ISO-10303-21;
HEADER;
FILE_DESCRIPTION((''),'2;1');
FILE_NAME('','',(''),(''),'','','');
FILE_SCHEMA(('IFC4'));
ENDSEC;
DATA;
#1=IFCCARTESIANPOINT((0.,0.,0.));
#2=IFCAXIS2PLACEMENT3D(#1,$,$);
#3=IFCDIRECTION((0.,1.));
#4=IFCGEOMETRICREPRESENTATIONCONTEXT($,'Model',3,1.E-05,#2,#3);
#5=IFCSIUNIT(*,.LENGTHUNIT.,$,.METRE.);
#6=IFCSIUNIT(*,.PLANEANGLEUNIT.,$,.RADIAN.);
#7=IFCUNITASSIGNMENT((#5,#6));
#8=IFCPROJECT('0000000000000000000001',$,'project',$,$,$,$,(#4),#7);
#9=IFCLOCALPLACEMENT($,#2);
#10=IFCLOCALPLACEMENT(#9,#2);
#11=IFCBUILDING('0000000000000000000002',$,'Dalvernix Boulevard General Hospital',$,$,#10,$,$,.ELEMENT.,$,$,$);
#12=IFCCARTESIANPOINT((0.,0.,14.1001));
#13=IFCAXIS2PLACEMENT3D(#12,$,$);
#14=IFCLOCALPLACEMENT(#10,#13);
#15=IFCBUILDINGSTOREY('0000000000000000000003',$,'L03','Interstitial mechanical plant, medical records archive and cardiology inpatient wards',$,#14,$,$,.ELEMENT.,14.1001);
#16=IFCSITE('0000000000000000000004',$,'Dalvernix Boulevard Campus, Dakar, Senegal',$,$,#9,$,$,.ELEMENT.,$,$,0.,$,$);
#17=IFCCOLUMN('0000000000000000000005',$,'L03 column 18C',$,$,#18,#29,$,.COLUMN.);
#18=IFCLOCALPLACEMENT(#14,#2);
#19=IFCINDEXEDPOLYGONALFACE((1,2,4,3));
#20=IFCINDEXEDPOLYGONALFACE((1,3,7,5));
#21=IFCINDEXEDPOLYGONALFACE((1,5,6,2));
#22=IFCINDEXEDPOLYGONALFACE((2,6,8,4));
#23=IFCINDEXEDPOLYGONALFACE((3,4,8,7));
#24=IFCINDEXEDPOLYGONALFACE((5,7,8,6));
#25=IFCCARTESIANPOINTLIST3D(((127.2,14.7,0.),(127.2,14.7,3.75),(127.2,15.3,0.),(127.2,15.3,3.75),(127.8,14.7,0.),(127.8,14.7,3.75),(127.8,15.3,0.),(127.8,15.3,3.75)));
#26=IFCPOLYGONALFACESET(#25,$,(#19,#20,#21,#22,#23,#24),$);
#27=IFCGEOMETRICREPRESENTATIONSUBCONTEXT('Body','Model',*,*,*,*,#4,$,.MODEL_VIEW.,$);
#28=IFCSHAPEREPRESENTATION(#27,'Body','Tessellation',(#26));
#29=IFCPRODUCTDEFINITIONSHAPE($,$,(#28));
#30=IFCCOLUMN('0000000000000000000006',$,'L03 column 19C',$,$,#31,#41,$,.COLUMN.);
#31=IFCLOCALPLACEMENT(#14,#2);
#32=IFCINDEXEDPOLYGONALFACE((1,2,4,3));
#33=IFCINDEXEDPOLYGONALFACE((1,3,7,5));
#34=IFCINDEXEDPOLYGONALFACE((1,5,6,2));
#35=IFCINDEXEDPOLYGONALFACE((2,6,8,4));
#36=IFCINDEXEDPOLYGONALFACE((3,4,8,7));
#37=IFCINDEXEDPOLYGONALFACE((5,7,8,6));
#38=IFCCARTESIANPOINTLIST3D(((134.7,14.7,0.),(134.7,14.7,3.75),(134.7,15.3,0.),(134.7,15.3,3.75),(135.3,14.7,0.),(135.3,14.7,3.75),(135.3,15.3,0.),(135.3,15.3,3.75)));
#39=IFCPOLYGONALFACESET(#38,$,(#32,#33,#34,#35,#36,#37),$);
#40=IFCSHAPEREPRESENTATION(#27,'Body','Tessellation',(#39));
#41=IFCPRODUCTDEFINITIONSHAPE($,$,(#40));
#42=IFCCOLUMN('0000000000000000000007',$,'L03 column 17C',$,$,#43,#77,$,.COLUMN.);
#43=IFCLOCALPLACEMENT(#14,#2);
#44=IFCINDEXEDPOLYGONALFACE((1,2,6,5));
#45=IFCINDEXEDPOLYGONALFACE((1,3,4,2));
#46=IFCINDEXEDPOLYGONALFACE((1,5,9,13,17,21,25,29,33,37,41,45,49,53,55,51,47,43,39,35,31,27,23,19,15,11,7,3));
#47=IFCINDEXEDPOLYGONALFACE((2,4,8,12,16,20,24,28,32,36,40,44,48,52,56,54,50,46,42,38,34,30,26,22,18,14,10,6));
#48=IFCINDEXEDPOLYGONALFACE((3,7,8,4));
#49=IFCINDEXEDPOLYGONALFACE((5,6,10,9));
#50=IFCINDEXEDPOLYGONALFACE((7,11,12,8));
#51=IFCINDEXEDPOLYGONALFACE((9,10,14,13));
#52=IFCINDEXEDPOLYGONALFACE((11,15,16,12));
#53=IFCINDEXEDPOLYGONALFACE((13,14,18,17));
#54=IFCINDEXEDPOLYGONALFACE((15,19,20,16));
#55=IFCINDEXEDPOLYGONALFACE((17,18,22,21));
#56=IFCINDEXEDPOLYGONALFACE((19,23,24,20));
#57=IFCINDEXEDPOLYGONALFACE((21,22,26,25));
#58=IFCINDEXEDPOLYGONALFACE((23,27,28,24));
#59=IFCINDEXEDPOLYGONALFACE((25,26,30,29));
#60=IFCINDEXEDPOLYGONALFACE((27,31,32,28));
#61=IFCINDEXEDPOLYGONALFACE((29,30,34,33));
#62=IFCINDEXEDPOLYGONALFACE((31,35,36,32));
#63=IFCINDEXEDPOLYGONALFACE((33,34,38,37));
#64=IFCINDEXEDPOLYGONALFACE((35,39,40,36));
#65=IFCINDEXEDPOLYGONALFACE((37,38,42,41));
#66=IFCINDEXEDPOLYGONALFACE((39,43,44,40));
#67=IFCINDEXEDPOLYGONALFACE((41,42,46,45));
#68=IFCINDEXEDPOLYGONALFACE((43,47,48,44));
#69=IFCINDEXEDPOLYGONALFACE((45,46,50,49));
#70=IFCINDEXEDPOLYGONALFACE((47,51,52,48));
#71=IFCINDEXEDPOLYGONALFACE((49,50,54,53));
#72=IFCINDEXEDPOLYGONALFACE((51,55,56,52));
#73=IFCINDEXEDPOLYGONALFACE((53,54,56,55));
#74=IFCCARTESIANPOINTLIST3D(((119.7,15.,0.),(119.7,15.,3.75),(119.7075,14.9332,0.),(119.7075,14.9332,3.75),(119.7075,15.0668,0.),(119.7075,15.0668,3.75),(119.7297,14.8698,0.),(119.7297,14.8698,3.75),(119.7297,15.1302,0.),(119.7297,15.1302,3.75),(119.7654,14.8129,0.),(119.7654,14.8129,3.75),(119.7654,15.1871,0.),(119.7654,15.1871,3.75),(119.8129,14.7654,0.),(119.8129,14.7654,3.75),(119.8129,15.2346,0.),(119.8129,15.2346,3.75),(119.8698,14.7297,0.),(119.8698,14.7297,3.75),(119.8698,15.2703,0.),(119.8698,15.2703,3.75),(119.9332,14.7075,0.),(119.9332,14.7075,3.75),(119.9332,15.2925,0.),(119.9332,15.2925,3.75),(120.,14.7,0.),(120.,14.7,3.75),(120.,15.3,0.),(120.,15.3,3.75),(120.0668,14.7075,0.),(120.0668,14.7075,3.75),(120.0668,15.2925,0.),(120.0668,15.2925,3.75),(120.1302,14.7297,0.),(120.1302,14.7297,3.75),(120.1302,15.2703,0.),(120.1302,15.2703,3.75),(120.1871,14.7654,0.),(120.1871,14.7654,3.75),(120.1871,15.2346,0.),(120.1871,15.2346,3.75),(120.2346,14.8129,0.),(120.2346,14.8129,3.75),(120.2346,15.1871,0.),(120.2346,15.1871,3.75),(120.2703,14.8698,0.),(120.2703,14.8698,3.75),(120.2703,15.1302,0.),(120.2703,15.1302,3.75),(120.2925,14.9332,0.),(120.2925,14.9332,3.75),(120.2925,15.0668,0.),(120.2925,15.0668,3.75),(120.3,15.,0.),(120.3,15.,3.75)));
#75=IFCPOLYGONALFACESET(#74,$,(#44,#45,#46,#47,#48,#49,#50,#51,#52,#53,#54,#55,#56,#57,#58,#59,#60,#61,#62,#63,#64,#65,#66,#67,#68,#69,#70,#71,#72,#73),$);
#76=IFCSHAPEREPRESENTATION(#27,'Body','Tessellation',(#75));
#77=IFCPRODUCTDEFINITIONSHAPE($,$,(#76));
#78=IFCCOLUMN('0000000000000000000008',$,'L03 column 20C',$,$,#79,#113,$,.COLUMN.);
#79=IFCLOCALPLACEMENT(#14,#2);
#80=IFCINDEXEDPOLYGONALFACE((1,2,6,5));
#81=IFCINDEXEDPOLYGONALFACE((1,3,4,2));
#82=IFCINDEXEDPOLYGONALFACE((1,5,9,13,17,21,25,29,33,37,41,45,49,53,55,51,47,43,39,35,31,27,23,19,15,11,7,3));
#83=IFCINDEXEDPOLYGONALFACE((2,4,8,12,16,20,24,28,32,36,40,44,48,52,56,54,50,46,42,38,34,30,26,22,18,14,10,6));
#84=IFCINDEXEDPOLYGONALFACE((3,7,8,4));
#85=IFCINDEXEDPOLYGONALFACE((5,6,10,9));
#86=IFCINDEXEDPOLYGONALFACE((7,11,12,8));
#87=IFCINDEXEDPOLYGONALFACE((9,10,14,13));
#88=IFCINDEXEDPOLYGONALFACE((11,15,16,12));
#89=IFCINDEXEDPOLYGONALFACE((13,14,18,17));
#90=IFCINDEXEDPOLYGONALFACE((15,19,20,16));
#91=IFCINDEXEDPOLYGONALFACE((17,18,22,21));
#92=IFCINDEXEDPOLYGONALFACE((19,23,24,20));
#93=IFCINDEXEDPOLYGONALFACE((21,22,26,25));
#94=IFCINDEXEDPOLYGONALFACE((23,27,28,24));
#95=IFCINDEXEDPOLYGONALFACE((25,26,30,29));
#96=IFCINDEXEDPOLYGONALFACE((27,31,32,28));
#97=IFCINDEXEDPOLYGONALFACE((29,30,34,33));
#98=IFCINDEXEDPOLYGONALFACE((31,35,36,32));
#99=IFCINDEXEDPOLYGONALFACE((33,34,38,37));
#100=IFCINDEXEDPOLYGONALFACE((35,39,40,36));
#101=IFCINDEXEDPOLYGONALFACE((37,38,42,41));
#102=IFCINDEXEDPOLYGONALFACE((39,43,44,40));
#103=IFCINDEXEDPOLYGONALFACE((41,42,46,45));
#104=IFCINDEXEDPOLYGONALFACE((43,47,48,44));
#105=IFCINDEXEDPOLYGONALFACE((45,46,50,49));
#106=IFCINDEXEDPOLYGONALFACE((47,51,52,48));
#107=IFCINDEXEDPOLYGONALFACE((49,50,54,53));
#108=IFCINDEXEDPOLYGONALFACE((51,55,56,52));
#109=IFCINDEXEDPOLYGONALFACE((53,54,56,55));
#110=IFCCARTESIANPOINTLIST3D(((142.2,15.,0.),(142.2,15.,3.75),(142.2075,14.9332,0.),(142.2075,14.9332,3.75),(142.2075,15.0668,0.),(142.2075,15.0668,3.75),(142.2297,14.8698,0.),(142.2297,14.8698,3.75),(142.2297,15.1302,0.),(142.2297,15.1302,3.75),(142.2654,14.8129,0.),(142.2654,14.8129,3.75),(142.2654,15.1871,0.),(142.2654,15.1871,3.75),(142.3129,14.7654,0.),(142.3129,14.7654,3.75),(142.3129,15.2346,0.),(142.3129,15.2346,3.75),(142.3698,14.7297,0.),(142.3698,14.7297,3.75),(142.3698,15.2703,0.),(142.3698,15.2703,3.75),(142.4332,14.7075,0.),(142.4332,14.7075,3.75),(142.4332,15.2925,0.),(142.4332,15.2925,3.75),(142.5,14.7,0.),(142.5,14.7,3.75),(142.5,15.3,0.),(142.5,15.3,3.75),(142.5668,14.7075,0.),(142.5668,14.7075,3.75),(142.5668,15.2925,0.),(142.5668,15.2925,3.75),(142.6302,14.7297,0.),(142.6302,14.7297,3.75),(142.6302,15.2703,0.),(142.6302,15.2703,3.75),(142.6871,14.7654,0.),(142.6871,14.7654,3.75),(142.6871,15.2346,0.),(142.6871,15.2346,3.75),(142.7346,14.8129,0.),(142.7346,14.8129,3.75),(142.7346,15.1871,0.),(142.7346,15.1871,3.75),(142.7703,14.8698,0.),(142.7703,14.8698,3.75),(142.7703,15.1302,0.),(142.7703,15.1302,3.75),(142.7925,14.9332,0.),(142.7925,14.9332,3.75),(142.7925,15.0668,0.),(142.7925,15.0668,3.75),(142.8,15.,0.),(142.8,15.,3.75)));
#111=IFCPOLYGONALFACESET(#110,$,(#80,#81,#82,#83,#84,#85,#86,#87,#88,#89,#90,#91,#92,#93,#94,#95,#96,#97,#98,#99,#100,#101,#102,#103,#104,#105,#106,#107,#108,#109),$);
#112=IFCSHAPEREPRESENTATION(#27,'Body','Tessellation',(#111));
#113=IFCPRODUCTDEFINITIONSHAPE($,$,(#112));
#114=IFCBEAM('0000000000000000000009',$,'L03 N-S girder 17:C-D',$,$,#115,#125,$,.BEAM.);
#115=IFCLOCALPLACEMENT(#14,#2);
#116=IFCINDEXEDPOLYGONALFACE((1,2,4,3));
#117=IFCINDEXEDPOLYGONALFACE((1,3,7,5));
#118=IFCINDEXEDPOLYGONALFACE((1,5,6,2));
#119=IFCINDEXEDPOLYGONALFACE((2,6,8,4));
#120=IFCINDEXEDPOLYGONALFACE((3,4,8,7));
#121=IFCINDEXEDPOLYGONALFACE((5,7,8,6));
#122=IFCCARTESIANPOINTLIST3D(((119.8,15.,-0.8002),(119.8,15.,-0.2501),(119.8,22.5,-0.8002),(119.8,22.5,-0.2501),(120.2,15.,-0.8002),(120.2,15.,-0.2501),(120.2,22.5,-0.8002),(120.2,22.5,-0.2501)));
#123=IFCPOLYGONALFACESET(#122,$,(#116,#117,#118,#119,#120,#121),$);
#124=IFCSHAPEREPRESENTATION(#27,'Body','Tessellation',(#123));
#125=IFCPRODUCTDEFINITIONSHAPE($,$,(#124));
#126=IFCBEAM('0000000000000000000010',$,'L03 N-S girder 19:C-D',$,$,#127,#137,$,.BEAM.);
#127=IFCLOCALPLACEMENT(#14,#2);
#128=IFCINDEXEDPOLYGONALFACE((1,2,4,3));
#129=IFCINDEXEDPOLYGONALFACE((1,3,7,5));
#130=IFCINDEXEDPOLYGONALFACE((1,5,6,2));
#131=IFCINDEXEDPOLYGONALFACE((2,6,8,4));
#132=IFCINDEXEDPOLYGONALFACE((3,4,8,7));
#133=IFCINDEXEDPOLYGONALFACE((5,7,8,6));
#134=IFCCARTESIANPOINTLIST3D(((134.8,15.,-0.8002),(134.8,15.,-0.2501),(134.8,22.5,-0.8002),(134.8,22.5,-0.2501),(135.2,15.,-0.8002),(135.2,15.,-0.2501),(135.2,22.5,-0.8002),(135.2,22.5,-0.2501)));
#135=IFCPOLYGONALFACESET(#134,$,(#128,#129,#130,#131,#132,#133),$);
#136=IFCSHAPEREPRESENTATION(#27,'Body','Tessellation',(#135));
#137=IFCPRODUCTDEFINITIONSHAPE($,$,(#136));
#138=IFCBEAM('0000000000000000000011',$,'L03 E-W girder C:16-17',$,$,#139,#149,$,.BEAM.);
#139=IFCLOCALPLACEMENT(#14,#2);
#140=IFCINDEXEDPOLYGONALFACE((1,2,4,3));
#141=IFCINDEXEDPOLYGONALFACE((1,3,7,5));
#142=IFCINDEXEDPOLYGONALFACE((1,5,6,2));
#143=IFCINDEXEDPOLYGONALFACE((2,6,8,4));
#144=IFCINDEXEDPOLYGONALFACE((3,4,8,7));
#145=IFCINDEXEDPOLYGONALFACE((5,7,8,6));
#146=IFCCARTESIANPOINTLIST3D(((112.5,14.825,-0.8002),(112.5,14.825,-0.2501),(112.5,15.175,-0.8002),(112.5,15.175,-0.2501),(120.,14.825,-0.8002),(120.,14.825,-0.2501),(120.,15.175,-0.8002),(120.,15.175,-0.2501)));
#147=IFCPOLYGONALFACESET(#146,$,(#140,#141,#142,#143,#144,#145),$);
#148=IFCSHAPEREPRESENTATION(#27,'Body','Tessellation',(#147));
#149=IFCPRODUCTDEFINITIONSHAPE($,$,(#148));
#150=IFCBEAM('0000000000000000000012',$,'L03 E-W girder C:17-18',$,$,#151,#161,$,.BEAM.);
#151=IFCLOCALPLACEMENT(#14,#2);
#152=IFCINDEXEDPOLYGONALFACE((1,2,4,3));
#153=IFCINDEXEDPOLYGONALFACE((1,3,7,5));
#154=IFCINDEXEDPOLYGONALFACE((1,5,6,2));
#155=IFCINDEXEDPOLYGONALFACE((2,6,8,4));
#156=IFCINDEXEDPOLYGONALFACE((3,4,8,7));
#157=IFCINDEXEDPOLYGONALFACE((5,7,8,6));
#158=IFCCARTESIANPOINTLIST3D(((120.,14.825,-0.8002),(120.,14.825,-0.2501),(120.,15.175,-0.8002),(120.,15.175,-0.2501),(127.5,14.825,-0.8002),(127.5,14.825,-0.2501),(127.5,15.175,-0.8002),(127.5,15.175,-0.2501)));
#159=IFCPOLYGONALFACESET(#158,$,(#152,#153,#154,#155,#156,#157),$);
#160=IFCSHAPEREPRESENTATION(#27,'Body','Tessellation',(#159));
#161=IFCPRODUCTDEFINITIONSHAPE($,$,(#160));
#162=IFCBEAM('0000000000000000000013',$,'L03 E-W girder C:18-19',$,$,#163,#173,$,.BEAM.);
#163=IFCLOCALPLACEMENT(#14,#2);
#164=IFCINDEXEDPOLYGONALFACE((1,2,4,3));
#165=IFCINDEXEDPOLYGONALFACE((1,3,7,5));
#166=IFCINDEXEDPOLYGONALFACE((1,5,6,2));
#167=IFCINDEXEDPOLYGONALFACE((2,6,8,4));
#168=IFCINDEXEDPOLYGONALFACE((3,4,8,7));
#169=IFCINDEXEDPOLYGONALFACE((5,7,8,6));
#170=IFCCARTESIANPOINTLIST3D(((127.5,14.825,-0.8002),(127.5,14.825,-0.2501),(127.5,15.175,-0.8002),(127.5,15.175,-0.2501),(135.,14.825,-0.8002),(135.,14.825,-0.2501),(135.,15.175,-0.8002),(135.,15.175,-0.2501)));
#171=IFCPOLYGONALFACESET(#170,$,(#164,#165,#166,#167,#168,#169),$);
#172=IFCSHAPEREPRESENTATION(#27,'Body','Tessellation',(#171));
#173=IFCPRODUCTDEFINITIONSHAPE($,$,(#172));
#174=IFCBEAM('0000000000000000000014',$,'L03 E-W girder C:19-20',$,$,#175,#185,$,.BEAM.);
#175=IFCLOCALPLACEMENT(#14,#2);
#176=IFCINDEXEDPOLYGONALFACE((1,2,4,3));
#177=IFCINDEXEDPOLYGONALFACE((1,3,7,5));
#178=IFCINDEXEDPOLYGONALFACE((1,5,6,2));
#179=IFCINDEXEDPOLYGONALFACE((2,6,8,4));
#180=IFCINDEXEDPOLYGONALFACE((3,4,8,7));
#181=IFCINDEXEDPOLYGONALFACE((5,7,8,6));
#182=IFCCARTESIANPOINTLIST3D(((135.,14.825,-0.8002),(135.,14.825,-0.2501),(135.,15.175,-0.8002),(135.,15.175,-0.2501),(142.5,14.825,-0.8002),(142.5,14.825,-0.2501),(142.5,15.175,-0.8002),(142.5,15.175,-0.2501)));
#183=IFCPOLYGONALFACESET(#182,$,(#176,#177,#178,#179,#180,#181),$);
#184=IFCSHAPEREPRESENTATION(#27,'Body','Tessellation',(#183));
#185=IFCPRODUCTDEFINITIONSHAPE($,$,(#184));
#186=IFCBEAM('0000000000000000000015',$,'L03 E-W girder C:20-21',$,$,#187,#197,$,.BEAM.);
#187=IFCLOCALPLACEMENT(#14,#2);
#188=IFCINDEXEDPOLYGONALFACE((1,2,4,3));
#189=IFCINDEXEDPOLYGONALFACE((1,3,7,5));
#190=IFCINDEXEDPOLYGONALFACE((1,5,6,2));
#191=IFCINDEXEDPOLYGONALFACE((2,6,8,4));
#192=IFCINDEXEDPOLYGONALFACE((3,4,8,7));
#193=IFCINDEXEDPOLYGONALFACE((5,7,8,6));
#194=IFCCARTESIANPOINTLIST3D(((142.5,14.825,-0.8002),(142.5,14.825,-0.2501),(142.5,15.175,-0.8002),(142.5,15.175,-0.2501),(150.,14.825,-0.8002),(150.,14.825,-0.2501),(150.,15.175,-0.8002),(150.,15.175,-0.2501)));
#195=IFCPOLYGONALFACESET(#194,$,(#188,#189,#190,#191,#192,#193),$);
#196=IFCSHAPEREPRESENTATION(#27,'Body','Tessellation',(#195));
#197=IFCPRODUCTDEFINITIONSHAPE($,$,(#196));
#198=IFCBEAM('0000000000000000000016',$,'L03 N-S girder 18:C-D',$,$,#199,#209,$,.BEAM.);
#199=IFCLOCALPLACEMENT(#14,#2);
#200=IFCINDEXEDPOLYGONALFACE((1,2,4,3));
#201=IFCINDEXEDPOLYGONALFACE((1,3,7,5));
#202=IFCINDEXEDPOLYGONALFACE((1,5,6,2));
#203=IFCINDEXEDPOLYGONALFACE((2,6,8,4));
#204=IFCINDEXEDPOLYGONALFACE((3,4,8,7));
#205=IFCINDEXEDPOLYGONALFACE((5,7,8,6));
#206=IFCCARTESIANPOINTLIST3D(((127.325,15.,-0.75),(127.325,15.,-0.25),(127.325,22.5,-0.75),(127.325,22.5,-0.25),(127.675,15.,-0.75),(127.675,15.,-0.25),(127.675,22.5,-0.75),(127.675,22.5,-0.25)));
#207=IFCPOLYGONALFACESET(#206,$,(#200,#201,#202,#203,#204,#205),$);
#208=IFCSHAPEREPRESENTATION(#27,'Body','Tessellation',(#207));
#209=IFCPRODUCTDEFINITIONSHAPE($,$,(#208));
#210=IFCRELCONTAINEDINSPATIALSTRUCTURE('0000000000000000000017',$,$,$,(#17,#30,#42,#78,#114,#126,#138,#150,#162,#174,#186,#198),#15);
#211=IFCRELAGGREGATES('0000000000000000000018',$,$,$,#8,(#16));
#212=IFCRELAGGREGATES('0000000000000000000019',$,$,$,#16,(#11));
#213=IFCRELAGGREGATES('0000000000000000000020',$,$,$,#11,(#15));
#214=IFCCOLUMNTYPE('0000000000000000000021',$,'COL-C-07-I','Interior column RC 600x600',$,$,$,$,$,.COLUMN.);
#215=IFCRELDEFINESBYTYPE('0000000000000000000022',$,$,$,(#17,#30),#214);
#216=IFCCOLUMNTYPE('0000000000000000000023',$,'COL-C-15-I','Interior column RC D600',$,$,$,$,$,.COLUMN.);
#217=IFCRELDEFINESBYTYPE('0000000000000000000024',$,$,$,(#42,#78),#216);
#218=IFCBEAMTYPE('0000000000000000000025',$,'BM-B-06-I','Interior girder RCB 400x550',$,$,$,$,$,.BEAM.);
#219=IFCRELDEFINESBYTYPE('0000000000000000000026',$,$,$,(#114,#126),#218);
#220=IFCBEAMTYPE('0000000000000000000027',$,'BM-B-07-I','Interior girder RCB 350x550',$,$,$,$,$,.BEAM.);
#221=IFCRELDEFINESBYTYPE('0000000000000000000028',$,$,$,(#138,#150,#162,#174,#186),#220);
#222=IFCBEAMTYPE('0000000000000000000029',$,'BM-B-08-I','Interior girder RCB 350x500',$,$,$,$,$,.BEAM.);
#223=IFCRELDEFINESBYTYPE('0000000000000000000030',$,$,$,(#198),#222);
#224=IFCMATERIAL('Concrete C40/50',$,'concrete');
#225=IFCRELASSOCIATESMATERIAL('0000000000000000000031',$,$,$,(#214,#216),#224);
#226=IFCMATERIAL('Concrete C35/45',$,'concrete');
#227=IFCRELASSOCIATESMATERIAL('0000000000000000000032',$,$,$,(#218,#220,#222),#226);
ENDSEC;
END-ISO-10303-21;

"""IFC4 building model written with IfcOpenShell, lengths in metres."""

from ifc_helpers import new_model, si_unit, direction, frame, origin, origin_2d, place, context, subcontext, project, spatial, rectangle, circle, extrude, material, material_profile, profile_set, type_object, element, save


model = new_model("IFC4")

# Units and contexts
model_context = context("Model", 3, precision=1e-05, world=origin(), true_north=direction((0.0, 1.0)))
body_context = subcontext(model_context, "Body", "Model", "MODEL_VIEW")
ifc_project = project(units=[si_unit("LENGTHUNIT", "METRE"), si_unit("PLANEANGLEUNIT", "RADIAN")], contexts=[model_context])

# Site, building, storey
site_placement = place(None, origin())
site = spatial("IfcSite", under=ifc_project, at=site_placement, Name="Dalvernix Boulevard Campus, Dakar, Senegal", CompositionType="ELEMENT", RefElevation=0.0)
building_placement = place(site_placement, origin())
building = spatial("IfcBuilding", under=site, at=building_placement, Name="Dalvernix Boulevard General Hospital", CompositionType="ELEMENT")
storey_placement = place(building_placement, frame((0.0, 0.0, 14.1001)))
storey = spatial("IfcBuildingStorey", under=building, at=storey_placement, Name="L03", Description="Interstitial mechanical plant, medical records archive and cardiology inpatient wards", CompositionType="ELEMENT", Elevation=14.1001)

# Columns
ifc_material_1 = material(Name="Concrete C40/50", Category="concrete")
ifc_material_profile_1 = material_profile(ifc_material_1, rectangle(XDim=0.6001, YDim=0.6001, at=origin_2d()), Name="RC 600x600")
ifc_profile_set_1 = profile_set([ifc_material_profile_1], Name="Concrete C40/50")
column_type_1 = type_object("IfcColumnType", Name="COL-C-07-I", Description="Interior column RC 600x600", PredefinedType="COLUMN", material=ifc_profile_set_1)
for number, where, z_axis, x_axis, name in (
    (1, (127.5, 15.0, 0.0), (0.0, 0.0, 1.0), (1.0, 0.0, 0.0), "L03 column 18C"),
    (2, (135.0, 15.0, 0.0), (0.0, 0.0, 1.0), (1.0, 0.0, 0.0), "L03 column 19C"),
):
    element("IfcColumn", number, at=place(storey_placement, frame(where, z_axis=z_axis, x_axis=x_axis)), inside=storey, type_object=column_type_1, Name=name, PredefinedType="COLUMN", context=body_context, shape_type="SweptSolid", body=[
        extrude(rectangle(XDim=0.6001, YDim=0.6001, at=origin_2d()), origin(), (0.0, 0.0, 1.0), 3.75),
    ])
ifc_material_profile_2 = material_profile(ifc_material_1, circle(Radius=0.3, at=origin_2d()), Name="RC D600")
ifc_profile_set_2 = profile_set([ifc_material_profile_2], Name="Concrete C40/50")
column_type_2 = type_object("IfcColumnType", Name="COL-C-15-I", Description="Interior column RC D600", PredefinedType="COLUMN", material=ifc_profile_set_2)
for number, where, z_axis, x_axis, name in (
    (3, (120.0, 15.0, 0.0), (0.0, 0.0, 1.0), (1.0, 0.0, 0.0), "L03 column 17C"),
    (4, (142.5, 15.0, 0.0), (0.0, 0.0, 1.0), (1.0, 0.0, 0.0), "L03 column 20C"),
):
    element("IfcColumn", number, at=place(storey_placement, frame(where, z_axis=z_axis, x_axis=x_axis)), inside=storey, type_object=column_type_2, Name=name, PredefinedType="COLUMN", context=body_context, shape_type="SweptSolid", body=[
        extrude(circle(Radius=0.3, at=origin_2d()), origin(), (0.0, 0.0, 1.0), 3.75),
    ])

# Beams
ifc_material_2 = material(Name="Concrete C35/45", Category="concrete")
ifc_material_profile_3 = material_profile(ifc_material_2, rectangle(XDim=0.3999, YDim=0.55, at=origin_2d()), Name="RCB 400x550")
ifc_profile_set_3 = profile_set([ifc_material_profile_3], Name="Concrete C35/45")
beam_type_1 = type_object("IfcBeamType", Name="BM-B-06-I", Description="Interior girder RCB 400x550", PredefinedType="BEAM", material=ifc_profile_set_3)
for number, where, z_axis, x_axis, name in (
    (5, (120.0, 15.0, -0.5251), (0.0, 1.0, 0.0), (-1.0, 0.0, 0.0), "L03 N-S girder 17:C-D"),
    (6, (135.0, 15.0, -0.5251), (0.0, 1.0, 0.0), (-1.0, 0.0, 0.0), "L03 N-S girder 19:C-D"),
):
    element("IfcBeam", number, at=place(storey_placement, frame(where, z_axis=z_axis, x_axis=x_axis)), inside=storey, type_object=beam_type_1, Name=name, PredefinedType="BEAM", context=body_context, shape_type="SweptSolid", body=[
        extrude(rectangle(XDim=0.3999, YDim=0.55, at=origin_2d()), origin(), (0.0, 0.0, 1.0), 7.5),
    ])
ifc_material_profile_4 = material_profile(ifc_material_2, rectangle(XDim=0.3501, YDim=0.55, at=origin_2d()), Name="RCB 350x550")
ifc_profile_set_4 = profile_set([ifc_material_profile_4], Name="Concrete C35/45")
beam_type_2 = type_object("IfcBeamType", Name="BM-B-07-I", Description="Interior girder RCB 350x550", PredefinedType="BEAM", material=ifc_profile_set_4)
for number, where, z_axis, x_axis, name in (
    (7, (112.5, 15.0, -0.5251), (1.0, 0.0, 0.0), (0.0, 1.0, 0.0), "L03 E-W girder C:16-17"),
    (8, (120.0, 15.0, -0.5251), (1.0, 0.0, 0.0), (0.0, 1.0, 0.0), "L03 E-W girder C:17-18"),
    (9, (127.5, 15.0, -0.5251), (1.0, 0.0, 0.0), (0.0, 1.0, 0.0), "L03 E-W girder C:18-19"),
    (10, (135.0, 15.0, -0.5251), (1.0, 0.0, 0.0), (0.0, 1.0, 0.0), "L03 E-W girder C:19-20"),
    (11, (142.5, 15.0, -0.5251), (1.0, 0.0, 0.0), (0.0, 1.0, 0.0), "L03 E-W girder C:20-21"),
):
    element("IfcBeam", number, at=place(storey_placement, frame(where, z_axis=z_axis, x_axis=x_axis)), inside=storey, type_object=beam_type_2, Name=name, PredefinedType="BEAM", context=body_context, shape_type="SweptSolid", body=[
        extrude(rectangle(XDim=0.3501, YDim=0.55, at=origin_2d()), origin(), (0.0, 0.0, 1.0), 7.5),
    ])
ifc_material_profile_5 = material_profile(ifc_material_2, rectangle(XDim=0.3501, YDim=0.5, at=origin_2d()), Name="RCB 350x500")
ifc_profile_set_5 = profile_set([ifc_material_profile_5], Name="Concrete C35/45")
beam_type_3 = type_object("IfcBeamType", Name="BM-B-08-I", Description="Interior girder RCB 350x500", PredefinedType="BEAM", material=ifc_profile_set_5)
for number, where, z_axis, x_axis, name in (
    (12, (127.5, 15.0, -0.5), (0.0, 1.0, 0.0), (-1.0, 0.0, 0.0), "L03 N-S girder 18:C-D"),
):
    element("IfcBeam", number, at=place(storey_placement, frame(where, z_axis=z_axis, x_axis=x_axis)), inside=storey, type_object=beam_type_3, Name=name, PredefinedType="BEAM", context=body_context, shape_type="SweptSolid", body=[
        extrude(rectangle(XDim=0.3501, YDim=0.5, at=origin_2d()), origin(), (0.0, 0.0, 1.0), 7.5),
    ])

save(model, "model.ifc")
